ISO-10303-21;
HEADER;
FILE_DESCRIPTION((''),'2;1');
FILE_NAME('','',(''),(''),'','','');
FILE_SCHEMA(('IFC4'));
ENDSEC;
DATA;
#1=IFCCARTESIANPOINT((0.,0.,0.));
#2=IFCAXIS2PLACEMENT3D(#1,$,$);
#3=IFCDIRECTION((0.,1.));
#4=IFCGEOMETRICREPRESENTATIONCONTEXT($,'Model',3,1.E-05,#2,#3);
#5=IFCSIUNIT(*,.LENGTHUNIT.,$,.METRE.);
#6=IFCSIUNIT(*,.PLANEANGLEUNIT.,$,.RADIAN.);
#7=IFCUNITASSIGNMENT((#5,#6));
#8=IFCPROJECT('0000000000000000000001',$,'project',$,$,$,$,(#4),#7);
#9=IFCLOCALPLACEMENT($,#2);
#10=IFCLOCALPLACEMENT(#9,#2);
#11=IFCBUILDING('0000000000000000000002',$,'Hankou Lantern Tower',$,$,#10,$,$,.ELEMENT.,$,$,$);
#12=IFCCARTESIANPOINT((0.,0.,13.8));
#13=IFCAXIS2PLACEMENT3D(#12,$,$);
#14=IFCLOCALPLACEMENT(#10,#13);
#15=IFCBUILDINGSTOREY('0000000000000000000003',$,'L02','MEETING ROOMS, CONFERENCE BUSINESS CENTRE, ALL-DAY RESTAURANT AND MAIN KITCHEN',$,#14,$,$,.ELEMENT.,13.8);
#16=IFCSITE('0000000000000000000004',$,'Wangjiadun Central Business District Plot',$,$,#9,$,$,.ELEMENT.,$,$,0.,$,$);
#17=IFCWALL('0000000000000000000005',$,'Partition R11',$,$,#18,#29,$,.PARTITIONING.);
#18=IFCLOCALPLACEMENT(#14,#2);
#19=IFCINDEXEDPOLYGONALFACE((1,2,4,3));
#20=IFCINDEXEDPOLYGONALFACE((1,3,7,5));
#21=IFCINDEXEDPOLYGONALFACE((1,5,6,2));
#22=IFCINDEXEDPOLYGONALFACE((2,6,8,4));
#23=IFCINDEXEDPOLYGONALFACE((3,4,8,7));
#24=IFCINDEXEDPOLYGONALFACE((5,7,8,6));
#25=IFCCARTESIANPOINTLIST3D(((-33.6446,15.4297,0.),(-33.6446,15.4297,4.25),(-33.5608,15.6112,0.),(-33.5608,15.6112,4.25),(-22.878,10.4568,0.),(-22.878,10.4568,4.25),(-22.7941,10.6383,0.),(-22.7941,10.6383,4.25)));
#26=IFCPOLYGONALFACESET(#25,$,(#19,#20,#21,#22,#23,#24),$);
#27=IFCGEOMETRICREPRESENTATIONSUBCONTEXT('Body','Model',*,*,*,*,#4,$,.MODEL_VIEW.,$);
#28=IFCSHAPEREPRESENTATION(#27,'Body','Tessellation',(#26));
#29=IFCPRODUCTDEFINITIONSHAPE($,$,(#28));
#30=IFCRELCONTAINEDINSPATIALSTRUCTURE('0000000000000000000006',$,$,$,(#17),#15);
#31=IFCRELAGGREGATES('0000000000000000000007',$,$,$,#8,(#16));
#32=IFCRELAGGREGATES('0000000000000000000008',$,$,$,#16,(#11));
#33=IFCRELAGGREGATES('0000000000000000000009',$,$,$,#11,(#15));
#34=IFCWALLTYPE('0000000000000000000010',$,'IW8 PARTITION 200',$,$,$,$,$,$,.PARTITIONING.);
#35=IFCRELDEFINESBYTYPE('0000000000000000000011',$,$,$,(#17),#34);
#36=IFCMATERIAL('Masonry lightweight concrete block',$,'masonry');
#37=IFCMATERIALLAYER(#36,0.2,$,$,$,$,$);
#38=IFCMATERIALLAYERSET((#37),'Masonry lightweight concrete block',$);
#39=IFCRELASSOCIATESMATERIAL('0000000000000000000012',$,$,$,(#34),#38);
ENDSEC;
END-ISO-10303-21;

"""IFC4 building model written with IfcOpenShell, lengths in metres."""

from ifc_helpers import new_model, si_unit, direction, frame, frame_2d, origin, place, context, subcontext, project, spatial, rectangle, extrude, material, layer, layer_set, type_object, element, save


model = new_model("IFC4")

# Units and contexts
model_context = context("Model", 3, precision=1e-05, world=origin(), true_north=direction((0.0, 1.0)))
body_context = subcontext(model_context, "Body", "Model", "MODEL_VIEW")
ifc_project = project(units=[si_unit("LENGTHUNIT", "METRE"), si_unit("PLANEANGLEUNIT", "RADIAN")], contexts=[model_context])

# Site, building, storey
site_placement = place(None, origin())
site = spatial("IfcSite", under=ifc_project, at=site_placement, Name="Wangjiadun Central Business District Plot", CompositionType="ELEMENT", RefElevation=0.0)
building_placement = place(site_placement, origin())
building = spatial("IfcBuilding", under=site, at=building_placement, Name="Hankou Lantern Tower", CompositionType="ELEMENT")
storey_placement = place(building_placement, frame((0.0, 0.0, 13.8)))
storey = spatial("IfcBuildingStorey", under=building, at=storey_placement, Name="L02", Description="MEETING ROOMS, CONFERENCE BUSINESS CENTRE, ALL-DAY RESTAURANT AND MAIN KITCHEN", CompositionType="ELEMENT", Elevation=13.8)

# Wall
ifc_material_1 = material(Name="Masonry lightweight concrete block", Category="masonry")
ifc_layer_1 = layer(ifc_material_1, 0.2)
ifc_layer_set_1 = layer_set([ifc_layer_1], Name="Masonry lightweight concrete block")
wall_type_1 = type_object("IfcWallType", Name="IW8 PARTITION 200", PredefinedType="PARTITIONING", material=ifc_layer_set_1)
wall_1_placement = place(storey_placement, frame((-22.8362, 10.5476, 0.0), z_axis=(0.0, 0.0, 1.0), x_axis=(-0.907841, 0.419315, 0.0)))
element("IfcWall", 1, at=wall_1_placement, inside=storey, type_object=wall_type_1, Name="Partition R11", PredefinedType="PARTITIONING", context=body_context, shape_type="SweptSolid", body=[
    extrude(rectangle(XDim=11.8596, YDim=0.2, at=frame_2d((5.9297, 0.0))), origin(), (0.0, 0.0, 1.0), 4.25),
])

save(model, "model.ifc")
